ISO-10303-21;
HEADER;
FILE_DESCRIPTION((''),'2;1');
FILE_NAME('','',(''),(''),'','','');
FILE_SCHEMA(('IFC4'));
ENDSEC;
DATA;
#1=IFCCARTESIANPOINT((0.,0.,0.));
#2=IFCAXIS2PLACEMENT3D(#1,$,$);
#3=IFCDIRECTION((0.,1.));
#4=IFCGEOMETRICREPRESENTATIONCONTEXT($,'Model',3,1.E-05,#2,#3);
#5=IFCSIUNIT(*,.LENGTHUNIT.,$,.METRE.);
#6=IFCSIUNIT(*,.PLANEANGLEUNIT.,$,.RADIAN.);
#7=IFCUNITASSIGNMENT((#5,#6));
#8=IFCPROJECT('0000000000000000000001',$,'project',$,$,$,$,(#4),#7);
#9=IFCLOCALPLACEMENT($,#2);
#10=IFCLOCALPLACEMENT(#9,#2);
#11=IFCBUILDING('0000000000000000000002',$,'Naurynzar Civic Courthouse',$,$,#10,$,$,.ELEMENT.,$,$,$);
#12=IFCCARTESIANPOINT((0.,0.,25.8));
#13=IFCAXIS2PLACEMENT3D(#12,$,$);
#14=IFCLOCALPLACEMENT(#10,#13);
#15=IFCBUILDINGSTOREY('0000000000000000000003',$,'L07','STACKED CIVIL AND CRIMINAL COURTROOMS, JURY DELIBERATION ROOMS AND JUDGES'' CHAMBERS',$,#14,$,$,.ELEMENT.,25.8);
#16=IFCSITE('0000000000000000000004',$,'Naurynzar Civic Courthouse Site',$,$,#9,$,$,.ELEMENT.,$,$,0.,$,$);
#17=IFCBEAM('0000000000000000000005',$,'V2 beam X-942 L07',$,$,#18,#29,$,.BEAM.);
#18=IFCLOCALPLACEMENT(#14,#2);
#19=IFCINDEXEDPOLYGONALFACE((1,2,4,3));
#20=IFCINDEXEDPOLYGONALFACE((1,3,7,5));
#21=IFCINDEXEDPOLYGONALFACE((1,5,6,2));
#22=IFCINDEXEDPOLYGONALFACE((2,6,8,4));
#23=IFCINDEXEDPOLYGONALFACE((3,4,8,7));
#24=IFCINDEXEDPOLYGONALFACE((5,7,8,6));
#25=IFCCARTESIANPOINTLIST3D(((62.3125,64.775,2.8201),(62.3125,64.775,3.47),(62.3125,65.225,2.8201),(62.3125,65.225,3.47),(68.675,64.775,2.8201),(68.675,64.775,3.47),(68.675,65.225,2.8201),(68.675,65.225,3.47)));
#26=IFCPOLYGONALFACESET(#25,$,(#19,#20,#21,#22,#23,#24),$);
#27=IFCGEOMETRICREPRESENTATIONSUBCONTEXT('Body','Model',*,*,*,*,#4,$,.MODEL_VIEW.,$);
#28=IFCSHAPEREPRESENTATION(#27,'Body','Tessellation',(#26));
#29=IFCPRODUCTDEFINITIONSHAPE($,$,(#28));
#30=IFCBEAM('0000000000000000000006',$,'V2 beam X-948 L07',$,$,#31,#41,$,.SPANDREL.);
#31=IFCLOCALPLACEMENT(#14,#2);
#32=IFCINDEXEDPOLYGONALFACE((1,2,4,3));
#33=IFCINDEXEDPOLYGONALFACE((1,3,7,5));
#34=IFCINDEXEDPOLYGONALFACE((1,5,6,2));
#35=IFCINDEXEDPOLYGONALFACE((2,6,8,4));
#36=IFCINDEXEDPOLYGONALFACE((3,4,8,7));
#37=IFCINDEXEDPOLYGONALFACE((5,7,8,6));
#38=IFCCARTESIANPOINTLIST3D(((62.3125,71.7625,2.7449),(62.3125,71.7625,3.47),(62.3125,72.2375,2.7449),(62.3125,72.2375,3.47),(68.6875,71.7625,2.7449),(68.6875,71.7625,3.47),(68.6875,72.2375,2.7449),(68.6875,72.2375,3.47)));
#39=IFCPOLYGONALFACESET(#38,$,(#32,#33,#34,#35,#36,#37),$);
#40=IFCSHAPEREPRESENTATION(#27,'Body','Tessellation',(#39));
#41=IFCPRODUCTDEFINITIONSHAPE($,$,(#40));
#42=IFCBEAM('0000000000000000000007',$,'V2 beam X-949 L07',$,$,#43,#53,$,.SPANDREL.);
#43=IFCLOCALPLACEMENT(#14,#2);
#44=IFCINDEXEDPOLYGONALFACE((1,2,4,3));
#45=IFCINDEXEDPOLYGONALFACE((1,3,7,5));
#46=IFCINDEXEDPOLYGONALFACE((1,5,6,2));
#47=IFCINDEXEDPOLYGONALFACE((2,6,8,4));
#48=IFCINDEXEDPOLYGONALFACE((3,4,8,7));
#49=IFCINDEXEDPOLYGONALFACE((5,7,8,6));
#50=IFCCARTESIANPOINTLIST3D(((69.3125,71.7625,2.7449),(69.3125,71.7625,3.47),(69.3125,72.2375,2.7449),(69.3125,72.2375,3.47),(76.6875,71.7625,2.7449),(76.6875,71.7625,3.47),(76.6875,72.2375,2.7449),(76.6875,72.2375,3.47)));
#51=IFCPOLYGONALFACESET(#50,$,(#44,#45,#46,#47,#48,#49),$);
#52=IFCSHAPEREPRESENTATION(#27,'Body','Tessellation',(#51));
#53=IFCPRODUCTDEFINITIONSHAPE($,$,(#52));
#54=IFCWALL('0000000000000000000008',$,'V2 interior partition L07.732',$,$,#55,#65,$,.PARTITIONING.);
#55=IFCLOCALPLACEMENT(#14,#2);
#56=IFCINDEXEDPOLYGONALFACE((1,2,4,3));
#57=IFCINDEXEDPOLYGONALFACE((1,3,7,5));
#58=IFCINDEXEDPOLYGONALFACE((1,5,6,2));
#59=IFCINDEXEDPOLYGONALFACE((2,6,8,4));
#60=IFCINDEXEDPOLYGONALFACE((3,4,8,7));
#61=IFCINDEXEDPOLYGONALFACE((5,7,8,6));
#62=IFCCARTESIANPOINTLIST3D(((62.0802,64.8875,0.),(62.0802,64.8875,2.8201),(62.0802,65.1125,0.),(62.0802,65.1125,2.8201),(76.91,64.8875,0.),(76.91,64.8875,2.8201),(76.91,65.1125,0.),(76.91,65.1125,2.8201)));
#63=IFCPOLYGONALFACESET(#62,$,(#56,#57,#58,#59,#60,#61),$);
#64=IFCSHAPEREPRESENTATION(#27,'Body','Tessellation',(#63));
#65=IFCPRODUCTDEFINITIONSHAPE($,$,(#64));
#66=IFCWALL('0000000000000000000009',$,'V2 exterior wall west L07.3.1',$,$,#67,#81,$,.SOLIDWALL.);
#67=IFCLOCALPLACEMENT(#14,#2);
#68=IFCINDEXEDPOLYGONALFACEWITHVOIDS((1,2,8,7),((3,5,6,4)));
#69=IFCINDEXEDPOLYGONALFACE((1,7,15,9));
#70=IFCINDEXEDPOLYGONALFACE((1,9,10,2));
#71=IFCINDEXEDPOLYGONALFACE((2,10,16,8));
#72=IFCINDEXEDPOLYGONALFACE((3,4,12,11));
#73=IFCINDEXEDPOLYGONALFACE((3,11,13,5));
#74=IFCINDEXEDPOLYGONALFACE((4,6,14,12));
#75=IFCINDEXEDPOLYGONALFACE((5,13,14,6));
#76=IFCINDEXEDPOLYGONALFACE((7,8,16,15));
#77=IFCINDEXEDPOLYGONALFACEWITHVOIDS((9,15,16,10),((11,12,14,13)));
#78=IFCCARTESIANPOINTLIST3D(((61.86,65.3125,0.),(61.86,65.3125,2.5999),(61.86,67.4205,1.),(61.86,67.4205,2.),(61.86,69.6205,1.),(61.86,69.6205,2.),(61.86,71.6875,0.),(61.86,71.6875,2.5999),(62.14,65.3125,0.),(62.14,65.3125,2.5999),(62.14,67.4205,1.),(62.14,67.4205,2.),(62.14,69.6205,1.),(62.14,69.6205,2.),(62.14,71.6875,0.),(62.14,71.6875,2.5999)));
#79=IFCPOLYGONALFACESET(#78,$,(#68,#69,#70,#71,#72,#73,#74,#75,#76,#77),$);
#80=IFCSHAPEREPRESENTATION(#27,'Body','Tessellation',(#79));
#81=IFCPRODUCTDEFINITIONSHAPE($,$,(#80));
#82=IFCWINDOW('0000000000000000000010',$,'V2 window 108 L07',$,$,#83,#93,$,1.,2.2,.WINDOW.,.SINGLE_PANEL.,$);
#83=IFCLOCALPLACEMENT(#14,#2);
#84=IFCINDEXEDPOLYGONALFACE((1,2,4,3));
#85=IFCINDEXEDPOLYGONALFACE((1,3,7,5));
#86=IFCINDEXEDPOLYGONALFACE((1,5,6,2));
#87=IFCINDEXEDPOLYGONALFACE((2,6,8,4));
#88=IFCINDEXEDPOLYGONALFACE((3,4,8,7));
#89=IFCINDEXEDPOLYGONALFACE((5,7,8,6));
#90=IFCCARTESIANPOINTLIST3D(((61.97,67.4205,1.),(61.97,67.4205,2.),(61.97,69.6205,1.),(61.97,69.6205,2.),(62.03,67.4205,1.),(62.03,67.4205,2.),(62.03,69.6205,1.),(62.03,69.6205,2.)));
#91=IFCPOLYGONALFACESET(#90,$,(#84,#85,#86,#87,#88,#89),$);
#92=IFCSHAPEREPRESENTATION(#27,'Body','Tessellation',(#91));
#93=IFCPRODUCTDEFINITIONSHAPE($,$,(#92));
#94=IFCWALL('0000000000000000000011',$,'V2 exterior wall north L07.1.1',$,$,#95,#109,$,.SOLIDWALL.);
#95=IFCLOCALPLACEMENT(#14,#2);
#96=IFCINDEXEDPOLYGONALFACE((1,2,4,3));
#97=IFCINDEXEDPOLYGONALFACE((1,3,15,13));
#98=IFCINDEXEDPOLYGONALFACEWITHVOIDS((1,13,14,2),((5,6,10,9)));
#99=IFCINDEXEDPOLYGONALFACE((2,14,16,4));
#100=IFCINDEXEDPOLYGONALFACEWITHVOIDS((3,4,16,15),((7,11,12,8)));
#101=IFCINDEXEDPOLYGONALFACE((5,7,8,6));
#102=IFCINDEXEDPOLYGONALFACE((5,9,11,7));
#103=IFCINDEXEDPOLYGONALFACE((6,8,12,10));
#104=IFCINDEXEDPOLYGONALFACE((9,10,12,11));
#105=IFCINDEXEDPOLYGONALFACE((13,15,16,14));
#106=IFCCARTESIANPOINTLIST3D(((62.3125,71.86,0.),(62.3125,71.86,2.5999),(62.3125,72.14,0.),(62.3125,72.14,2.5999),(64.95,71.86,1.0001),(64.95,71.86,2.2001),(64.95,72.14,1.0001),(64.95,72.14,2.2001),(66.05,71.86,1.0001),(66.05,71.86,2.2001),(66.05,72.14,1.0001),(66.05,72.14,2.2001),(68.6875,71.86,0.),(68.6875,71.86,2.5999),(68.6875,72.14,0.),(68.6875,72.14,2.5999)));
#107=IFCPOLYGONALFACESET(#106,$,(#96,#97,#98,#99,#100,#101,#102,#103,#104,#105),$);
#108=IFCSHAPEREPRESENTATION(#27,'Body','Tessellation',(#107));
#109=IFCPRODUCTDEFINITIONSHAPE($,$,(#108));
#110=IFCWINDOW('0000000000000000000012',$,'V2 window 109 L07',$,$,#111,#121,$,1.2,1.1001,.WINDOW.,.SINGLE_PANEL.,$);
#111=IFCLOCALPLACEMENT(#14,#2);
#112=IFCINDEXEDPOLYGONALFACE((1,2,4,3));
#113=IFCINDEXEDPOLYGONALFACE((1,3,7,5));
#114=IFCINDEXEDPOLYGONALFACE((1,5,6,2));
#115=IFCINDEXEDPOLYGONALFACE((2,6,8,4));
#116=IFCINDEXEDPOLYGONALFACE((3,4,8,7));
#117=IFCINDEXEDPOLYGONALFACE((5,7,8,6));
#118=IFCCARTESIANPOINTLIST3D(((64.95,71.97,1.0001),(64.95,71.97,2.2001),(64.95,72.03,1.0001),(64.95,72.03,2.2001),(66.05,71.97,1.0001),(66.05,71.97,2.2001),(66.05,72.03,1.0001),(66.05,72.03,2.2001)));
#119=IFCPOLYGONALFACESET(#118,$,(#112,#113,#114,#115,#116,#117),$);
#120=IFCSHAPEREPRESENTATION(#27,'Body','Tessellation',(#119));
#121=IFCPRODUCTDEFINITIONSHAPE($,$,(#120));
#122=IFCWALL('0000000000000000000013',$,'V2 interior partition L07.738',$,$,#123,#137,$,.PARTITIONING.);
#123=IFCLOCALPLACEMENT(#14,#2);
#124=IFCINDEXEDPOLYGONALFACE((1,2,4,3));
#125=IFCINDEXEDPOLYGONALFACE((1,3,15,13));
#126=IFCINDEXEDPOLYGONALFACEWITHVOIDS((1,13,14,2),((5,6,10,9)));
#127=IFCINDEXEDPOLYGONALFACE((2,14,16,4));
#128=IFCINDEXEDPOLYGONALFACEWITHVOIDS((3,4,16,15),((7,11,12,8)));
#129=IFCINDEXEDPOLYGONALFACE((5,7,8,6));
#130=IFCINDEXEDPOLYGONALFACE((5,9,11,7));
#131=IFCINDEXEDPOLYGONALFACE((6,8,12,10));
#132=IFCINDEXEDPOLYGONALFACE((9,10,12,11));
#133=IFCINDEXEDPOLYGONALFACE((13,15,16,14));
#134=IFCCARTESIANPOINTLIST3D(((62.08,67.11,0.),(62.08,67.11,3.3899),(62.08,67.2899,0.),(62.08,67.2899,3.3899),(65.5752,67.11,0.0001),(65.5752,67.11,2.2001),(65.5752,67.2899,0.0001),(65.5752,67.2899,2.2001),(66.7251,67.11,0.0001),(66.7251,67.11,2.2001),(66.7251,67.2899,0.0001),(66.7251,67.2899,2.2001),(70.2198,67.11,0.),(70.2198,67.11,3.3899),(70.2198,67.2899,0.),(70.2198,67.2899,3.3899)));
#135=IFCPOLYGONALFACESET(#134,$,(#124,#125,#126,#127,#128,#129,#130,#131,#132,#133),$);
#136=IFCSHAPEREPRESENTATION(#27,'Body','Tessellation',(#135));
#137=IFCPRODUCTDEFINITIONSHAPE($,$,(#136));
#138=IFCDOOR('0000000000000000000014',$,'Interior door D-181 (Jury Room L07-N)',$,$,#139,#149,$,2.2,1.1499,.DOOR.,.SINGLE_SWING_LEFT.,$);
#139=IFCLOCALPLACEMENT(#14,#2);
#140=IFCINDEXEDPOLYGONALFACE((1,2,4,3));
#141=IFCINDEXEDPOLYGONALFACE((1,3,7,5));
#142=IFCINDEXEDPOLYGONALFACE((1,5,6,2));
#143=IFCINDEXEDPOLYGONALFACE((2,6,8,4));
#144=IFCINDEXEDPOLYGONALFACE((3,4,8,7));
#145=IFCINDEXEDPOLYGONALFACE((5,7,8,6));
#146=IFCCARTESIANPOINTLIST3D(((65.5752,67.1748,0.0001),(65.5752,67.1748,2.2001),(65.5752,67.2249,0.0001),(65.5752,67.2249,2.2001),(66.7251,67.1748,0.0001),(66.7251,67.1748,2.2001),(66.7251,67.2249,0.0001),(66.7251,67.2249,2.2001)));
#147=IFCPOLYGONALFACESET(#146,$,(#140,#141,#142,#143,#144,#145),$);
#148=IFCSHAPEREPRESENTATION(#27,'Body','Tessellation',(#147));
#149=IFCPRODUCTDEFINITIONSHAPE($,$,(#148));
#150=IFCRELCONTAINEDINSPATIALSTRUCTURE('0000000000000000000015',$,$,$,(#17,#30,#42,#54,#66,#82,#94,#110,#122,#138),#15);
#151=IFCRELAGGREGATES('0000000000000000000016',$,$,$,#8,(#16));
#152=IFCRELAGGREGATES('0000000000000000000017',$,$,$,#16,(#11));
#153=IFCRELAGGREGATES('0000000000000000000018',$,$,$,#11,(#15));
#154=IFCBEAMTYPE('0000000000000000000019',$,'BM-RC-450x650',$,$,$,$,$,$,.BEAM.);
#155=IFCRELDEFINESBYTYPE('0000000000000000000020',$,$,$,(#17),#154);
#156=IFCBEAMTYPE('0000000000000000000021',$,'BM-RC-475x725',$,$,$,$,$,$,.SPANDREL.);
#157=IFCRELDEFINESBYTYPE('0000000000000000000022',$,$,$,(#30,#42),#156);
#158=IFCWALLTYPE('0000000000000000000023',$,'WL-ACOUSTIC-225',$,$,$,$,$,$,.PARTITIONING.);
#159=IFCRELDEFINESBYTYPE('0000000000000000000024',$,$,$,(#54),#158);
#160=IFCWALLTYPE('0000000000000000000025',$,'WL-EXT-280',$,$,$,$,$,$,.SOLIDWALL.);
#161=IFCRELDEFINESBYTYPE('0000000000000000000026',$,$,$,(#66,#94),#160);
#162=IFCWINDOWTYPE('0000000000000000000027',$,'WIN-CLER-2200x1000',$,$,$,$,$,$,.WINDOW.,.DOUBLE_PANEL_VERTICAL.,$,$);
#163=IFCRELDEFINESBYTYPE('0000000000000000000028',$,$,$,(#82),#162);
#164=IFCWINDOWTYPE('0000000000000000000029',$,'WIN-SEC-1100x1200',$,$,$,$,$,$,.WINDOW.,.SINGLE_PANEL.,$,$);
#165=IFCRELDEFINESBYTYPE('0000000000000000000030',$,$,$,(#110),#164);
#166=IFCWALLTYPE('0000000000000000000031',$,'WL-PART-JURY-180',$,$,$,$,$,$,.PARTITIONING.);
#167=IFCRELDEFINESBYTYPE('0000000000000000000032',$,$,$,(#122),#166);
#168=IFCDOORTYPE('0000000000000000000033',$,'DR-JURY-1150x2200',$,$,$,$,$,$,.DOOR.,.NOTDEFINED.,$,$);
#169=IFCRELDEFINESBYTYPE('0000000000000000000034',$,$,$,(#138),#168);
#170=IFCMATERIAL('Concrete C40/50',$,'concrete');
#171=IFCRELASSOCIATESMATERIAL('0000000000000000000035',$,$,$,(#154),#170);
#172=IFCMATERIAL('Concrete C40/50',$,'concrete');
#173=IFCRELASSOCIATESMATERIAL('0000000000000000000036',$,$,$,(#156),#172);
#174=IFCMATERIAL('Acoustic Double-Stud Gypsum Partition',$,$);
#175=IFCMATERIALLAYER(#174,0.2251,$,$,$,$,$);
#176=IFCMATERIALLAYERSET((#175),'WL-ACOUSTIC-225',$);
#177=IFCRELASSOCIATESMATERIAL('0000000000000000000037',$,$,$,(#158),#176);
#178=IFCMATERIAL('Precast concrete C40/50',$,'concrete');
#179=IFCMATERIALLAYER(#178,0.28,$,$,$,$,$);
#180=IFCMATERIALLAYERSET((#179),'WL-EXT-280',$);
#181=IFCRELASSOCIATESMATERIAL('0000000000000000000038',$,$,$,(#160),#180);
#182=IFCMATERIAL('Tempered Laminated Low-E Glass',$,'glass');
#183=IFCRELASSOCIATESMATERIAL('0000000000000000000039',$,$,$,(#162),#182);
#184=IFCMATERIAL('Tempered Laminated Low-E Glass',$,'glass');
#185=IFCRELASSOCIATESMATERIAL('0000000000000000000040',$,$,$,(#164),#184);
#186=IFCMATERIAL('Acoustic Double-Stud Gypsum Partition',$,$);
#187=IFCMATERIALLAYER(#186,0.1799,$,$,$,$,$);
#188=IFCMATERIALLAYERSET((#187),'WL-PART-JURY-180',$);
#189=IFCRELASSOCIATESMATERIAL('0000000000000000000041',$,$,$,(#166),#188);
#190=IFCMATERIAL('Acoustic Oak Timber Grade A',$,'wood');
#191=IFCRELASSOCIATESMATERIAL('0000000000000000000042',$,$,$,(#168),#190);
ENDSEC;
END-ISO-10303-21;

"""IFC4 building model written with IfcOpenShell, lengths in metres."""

from ifc_helpers import new_model, si_unit, direction, frame, frame_2d, origin, origin_2d, place, context, subcontext, project, spatial, rectangle, extrude, material, layer, layer_set, material_profile, profile_set, type_object, element, fill, save


model = new_model("IFC4")

# Units and contexts
model_context = context("Model", 3, precision=1e-05, world=origin(), true_north=direction((0.0, 1.0)))
body_context = subcontext(model_context, "Body", "Model", "MODEL_VIEW")
ifc_project = project(units=[si_unit("LENGTHUNIT", "METRE"), si_unit("PLANEANGLEUNIT", "RADIAN")], contexts=[model_context])

# Site, building, storey
site_placement = place(None, origin())
site = spatial("IfcSite", under=ifc_project, at=site_placement, Name="Naurynzar Civic Courthouse Site", CompositionType="ELEMENT", RefElevation=0.0)
building_placement = place(site_placement, origin())
building = spatial("IfcBuilding", under=site, at=building_placement, Name="Naurynzar Civic Courthouse", CompositionType="ELEMENT")
storey_placement = place(building_placement, frame((0.0, 0.0, 25.8)))
storey = spatial("IfcBuildingStorey", under=building, at=storey_placement, Name="L07", Description="STACKED CIVIL AND CRIMINAL COURTROOMS, JURY DELIBERATION ROOMS AND JUDGES' CHAMBERS", CompositionType="ELEMENT", Elevation=25.8)

# Beams
ifc_material_1 = material(Name="Concrete C40/50", Category="concrete")
ifc_material_profile_1 = material_profile(ifc_material_1, rectangle(XDim=0.45, YDim=0.6499, at=origin_2d()), Name="RCB 450x650")
ifc_profile_set_1 = profile_set([ifc_material_profile_1], Name="Concrete C40/50")
beam_type_1 = type_object("IfcBeamType", Name="BM-RC-450x650", PredefinedType="BEAM", material=ifc_profile_set_1)
beam_1_placement = place(storey_placement, frame((62.3125, 65.0, 3.145), z_axis=(1.0, 0.0, 0.0), x_axis=(0.0, 1.0, 0.0)))
element("IfcBeam", 1, at=beam_1_placement, inside=storey, type_object=beam_type_1, Name="V2 beam X-942 L07", PredefinedType="BEAM", context=body_context, shape_type="SweptSolid", body=[
    extrude(rectangle(XDim=0.45, YDim=0.6499, at=origin_2d()), origin(), (0.0, 0.0, 1.0), 6.3625),
])
ifc_material_2 = material(Name="Concrete C40/50", Category="concrete")
ifc_material_profile_2 = material_profile(ifc_material_2, rectangle(XDim=0.4751, YDim=0.7251, at=origin_2d()), Name="RCB 475x725")
ifc_profile_set_2 = profile_set([ifc_material_profile_2], Name="Concrete C40/50")
beam_type_2 = type_object("IfcBeamType", Name="BM-RC-475x725", PredefinedType="SPANDREL", material=ifc_profile_set_2)
beam_2_placement = place(storey_placement, frame((62.3125, 72.0, 3.1074), z_axis=(1.0, 0.0, 0.0), x_axis=(0.0, 1.0, 0.0)))
element("IfcBeam", 2, at=beam_2_placement, inside=storey, type_object=beam_type_2, Name="V2 beam X-948 L07", PredefinedType="SPANDREL", context=body_context, shape_type="SweptSolid", body=[
    extrude(rectangle(XDim=0.4751, YDim=0.7251, at=origin_2d()), origin(), (0.0, 0.0, 1.0), 6.375),
])
beam_3_placement = place(storey_placement, frame((69.3125, 72.0, 3.1074), z_axis=(1.0, 0.0, 0.0), x_axis=(0.0, 1.0, 0.0)))
element("IfcBeam", 3, at=beam_3_placement, inside=storey, type_object=beam_type_2, Name="V2 beam X-949 L07", PredefinedType="SPANDREL", context=body_context, shape_type="SweptSolid", body=[
    extrude(rectangle(XDim=0.4751, YDim=0.7251, at=origin_2d()), origin(), (0.0, 0.0, 1.0), 7.375),
])

# Wall
ifc_material_3 = material(Name="Acoustic Double-Stud Gypsum Partition")
ifc_layer_1 = layer(ifc_material_3, 0.2251)
ifc_layer_set_1 = layer_set([ifc_layer_1], Name="WL-ACOUSTIC-225")
wall_type_1 = type_object("IfcWallType", Name="WL-ACOUSTIC-225", PredefinedType="PARTITIONING", material=ifc_layer_set_1)
wall_1_placement = place(storey_placement, frame((62.0801, 65.0, 0.0), z_axis=(0.0, 0.0, 1.0), x_axis=(1.0, 0.0, 0.0)))
element("IfcWall", 4, at=wall_1_placement, inside=storey, type_object=wall_type_1, Name="V2 interior partition L07.732", PredefinedType="PARTITIONING", context=body_context, shape_type="SweptSolid", body=[
    extrude(rectangle(XDim=14.8298, YDim=0.2251, at=frame_2d((7.415, 0.0))), origin(), (0.0, 0.0, 1.0), 2.8201),
])

# Walls, openings, windows
ifc_material_4 = material(Name="Precast concrete C40/50", Category="concrete")
ifc_layer_2 = layer(ifc_material_4, 0.28)
ifc_layer_set_2 = layer_set([ifc_layer_2], Name="WL-EXT-280")
wall_type_2 = type_object("IfcWallType", Name="WL-EXT-280", PredefinedType="SOLIDWALL", material=ifc_layer_set_2)
wall_2_placement = place(storey_placement, frame((62.0, 65.3125, 0.0), z_axis=(0.0, 0.0, 1.0), x_axis=(0.0, 1.0, 0.0)))
wall_2 = element("IfcWall", 5, at=wall_2_placement, inside=storey, type_object=wall_type_2, Name="V2 exterior wall west L07.3.1", PredefinedType="SOLIDWALL", context=body_context, shape_type="SweptSolid", body=[
    extrude(rectangle(XDim=6.375, YDim=0.28, at=frame_2d((3.1875, 0.0))), origin(), (0.0, 0.0, 1.0), 2.5999),
])
opening_1_placement = place(wall_2_placement, frame((2.1079, 0.0, 1.0)))
opening_1 = element("IfcOpeningElement", 6, at=opening_1_placement, cuts=wall_2, PredefinedType="OPENING", context=body_context, shape_type="SweptSolid", body=[
    extrude(rectangle(XDim=2.2, YDim=1.0, at=frame_2d((1.1001, 0.5))), frame((0.0, 0.1499, 0.0), z_axis=(0.0, -1.0, 0.0), x_axis=(1.0, 0.0, 0.0)), (0.0, 0.0, 1.0), 0.3),
])
ifc_material_5 = material(Name="Tempered Laminated Low-E Glass", Category="glass")
window_type_1 = type_object("IfcWindowType", Name="WIN-CLER-2200x1000", PartitioningType="DOUBLE_PANEL_VERTICAL", PredefinedType="WINDOW", material=ifc_material_5)
window_1_placement = place(opening_1_placement, origin())
window_1 = element("IfcWindow", 7, at=window_1_placement, inside=storey, type_object=window_type_1, Name="V2 window 108 L07", OverallHeight=1.0, OverallWidth=2.2, PartitioningType="SINGLE_PANEL", PredefinedType="WINDOW", context=body_context, shape_type="SweptSolid", body=[
    extrude(rectangle(XDim=2.2, YDim=1.0, at=frame_2d((1.1001, 0.5))), frame((0.0, 0.03, 0.0), z_axis=(0.0, -1.0, 0.0), x_axis=(1.0, 0.0, 0.0)), (0.0, 0.0, 1.0), 0.0601),
])
fill(opening_1, window_1)
wall_3_placement = place(storey_placement, frame((62.3125, 72.0, 0.0), z_axis=(0.0, 0.0, 1.0), x_axis=(1.0, 0.0, 0.0)))
wall_3 = element("IfcWall", 8, at=wall_3_placement, inside=storey, type_object=wall_type_2, Name="V2 exterior wall north L07.1.1", PredefinedType="SOLIDWALL", context=body_context, shape_type="SweptSolid", body=[
    extrude(rectangle(XDim=6.375, YDim=0.28, at=frame_2d((3.1875, 0.0))), origin(), (0.0, 0.0, 1.0), 2.5999),
])
opening_2_placement = place(wall_3_placement, frame((2.6375, 0.0, 1.0)))
opening_2 = element("IfcOpeningElement", 9, at=opening_2_placement, cuts=wall_3, PredefinedType="OPENING", context=body_context, shape_type="SweptSolid", body=[
    extrude(rectangle(XDim=1.1001, YDim=1.2, at=frame_2d((0.55, 0.6001))), frame((0.0, 0.1499, 0.0), z_axis=(0.0, -1.0, 0.0), x_axis=(1.0, 0.0, 0.0)), (0.0, 0.0, 1.0), 0.3),
])
ifc_material_6 = material(Name="Tempered Laminated Low-E Glass", Category="glass")
window_type_2 = type_object("IfcWindowType", Name="WIN-SEC-1100x1200", PartitioningType="SINGLE_PANEL", PredefinedType="WINDOW", material=ifc_material_6)
window_2_placement = place(opening_2_placement, origin())
window_2 = element("IfcWindow", 10, at=window_2_placement, inside=storey, type_object=window_type_2, Name="V2 window 109 L07", OverallHeight=1.2, OverallWidth=1.1001, PartitioningType="SINGLE_PANEL", PredefinedType="WINDOW", context=body_context, shape_type="SweptSolid", body=[
    extrude(rectangle(XDim=1.1001, YDim=1.2, at=frame_2d((0.55, 0.6001))), frame((0.0, 0.03, 0.0), z_axis=(0.0, -1.0, 0.0), x_axis=(1.0, 0.0, 0.0)), (0.0, 0.0, 1.0), 0.0601),
])
fill(opening_2, window_2)

# Wall, opening, door
ifc_material_7 = material(Name="Acoustic Double-Stud Gypsum Partition")
ifc_layer_3 = layer(ifc_material_7, 0.1799)
ifc_layer_set_3 = layer_set([ifc_layer_3], Name="WL-PART-JURY-180")
wall_type_3 = type_object("IfcWallType", Name="WL-PART-JURY-180", PredefinedType="PARTITIONING", material=ifc_layer_set_3)
wall_4_placement = place(storey_placement, frame((62.0801, 67.2, 0.0), z_axis=(0.0, 0.0, 1.0), x_axis=(1.0, 0.0, 0.0)))
wall_4 = element("IfcWall", 11, at=wall_4_placement, inside=storey, type_object=wall_type_3, Name="V2 interior partition L07.738", PredefinedType="PARTITIONING", context=body_context, shape_type="SweptSolid", body=[
    extrude(rectangle(XDim=8.1399, YDim=0.1799, at=frame_2d((4.0698, 0.0))), origin(), (0.0, 0.0, 1.0), 3.3899),
])
opening_3_placement = place(wall_4_placement, frame((3.4951, 0.0, 0.0)))
opening_3 = element("IfcOpeningElement", 12, at=opening_3_placement, cuts=wall_4, PredefinedType="OPENING", context=body_context, shape_type="SweptSolid", body=[
    extrude(rectangle(XDim=1.1499, YDim=2.2, at=frame_2d((0.575, 1.1001))), frame((0.0, 0.0999, 0.0), z_axis=(0.0, -1.0, 0.0), x_axis=(1.0, 0.0, 0.0)), (0.0, 0.0, 1.0), 0.2),
])
ifc_material_8 = material(Name="Acoustic Oak Timber Grade A", Category="wood")
door_type = type_object("IfcDoorType", Name="DR-JURY-1150x2200", OperationType="NOTDEFINED", PredefinedType="DOOR", material=ifc_material_8)
door_placement = place(opening_3_placement, origin())
door = element("IfcDoor", 13, at=door_placement, inside=storey, type_object=door_type, Name="Interior door D-181 (Jury Room L07-N)", OperationType="SINGLE_SWING_LEFT", OverallHeight=2.2, OverallWidth=1.1499, PredefinedType="DOOR", context=body_context, shape_type="SweptSolid", body=[
    extrude(rectangle(XDim=1.1499, YDim=2.2, at=frame_2d((0.575, 1.1001))), frame((0.0, 0.0249, 0.0), z_axis=(0.0, -1.0, 0.0), x_axis=(1.0, 0.0, 0.0)), (0.0, 0.0, 1.0), 0.05),
])
fill(opening_3, door)

save(model, "model.ifc")
